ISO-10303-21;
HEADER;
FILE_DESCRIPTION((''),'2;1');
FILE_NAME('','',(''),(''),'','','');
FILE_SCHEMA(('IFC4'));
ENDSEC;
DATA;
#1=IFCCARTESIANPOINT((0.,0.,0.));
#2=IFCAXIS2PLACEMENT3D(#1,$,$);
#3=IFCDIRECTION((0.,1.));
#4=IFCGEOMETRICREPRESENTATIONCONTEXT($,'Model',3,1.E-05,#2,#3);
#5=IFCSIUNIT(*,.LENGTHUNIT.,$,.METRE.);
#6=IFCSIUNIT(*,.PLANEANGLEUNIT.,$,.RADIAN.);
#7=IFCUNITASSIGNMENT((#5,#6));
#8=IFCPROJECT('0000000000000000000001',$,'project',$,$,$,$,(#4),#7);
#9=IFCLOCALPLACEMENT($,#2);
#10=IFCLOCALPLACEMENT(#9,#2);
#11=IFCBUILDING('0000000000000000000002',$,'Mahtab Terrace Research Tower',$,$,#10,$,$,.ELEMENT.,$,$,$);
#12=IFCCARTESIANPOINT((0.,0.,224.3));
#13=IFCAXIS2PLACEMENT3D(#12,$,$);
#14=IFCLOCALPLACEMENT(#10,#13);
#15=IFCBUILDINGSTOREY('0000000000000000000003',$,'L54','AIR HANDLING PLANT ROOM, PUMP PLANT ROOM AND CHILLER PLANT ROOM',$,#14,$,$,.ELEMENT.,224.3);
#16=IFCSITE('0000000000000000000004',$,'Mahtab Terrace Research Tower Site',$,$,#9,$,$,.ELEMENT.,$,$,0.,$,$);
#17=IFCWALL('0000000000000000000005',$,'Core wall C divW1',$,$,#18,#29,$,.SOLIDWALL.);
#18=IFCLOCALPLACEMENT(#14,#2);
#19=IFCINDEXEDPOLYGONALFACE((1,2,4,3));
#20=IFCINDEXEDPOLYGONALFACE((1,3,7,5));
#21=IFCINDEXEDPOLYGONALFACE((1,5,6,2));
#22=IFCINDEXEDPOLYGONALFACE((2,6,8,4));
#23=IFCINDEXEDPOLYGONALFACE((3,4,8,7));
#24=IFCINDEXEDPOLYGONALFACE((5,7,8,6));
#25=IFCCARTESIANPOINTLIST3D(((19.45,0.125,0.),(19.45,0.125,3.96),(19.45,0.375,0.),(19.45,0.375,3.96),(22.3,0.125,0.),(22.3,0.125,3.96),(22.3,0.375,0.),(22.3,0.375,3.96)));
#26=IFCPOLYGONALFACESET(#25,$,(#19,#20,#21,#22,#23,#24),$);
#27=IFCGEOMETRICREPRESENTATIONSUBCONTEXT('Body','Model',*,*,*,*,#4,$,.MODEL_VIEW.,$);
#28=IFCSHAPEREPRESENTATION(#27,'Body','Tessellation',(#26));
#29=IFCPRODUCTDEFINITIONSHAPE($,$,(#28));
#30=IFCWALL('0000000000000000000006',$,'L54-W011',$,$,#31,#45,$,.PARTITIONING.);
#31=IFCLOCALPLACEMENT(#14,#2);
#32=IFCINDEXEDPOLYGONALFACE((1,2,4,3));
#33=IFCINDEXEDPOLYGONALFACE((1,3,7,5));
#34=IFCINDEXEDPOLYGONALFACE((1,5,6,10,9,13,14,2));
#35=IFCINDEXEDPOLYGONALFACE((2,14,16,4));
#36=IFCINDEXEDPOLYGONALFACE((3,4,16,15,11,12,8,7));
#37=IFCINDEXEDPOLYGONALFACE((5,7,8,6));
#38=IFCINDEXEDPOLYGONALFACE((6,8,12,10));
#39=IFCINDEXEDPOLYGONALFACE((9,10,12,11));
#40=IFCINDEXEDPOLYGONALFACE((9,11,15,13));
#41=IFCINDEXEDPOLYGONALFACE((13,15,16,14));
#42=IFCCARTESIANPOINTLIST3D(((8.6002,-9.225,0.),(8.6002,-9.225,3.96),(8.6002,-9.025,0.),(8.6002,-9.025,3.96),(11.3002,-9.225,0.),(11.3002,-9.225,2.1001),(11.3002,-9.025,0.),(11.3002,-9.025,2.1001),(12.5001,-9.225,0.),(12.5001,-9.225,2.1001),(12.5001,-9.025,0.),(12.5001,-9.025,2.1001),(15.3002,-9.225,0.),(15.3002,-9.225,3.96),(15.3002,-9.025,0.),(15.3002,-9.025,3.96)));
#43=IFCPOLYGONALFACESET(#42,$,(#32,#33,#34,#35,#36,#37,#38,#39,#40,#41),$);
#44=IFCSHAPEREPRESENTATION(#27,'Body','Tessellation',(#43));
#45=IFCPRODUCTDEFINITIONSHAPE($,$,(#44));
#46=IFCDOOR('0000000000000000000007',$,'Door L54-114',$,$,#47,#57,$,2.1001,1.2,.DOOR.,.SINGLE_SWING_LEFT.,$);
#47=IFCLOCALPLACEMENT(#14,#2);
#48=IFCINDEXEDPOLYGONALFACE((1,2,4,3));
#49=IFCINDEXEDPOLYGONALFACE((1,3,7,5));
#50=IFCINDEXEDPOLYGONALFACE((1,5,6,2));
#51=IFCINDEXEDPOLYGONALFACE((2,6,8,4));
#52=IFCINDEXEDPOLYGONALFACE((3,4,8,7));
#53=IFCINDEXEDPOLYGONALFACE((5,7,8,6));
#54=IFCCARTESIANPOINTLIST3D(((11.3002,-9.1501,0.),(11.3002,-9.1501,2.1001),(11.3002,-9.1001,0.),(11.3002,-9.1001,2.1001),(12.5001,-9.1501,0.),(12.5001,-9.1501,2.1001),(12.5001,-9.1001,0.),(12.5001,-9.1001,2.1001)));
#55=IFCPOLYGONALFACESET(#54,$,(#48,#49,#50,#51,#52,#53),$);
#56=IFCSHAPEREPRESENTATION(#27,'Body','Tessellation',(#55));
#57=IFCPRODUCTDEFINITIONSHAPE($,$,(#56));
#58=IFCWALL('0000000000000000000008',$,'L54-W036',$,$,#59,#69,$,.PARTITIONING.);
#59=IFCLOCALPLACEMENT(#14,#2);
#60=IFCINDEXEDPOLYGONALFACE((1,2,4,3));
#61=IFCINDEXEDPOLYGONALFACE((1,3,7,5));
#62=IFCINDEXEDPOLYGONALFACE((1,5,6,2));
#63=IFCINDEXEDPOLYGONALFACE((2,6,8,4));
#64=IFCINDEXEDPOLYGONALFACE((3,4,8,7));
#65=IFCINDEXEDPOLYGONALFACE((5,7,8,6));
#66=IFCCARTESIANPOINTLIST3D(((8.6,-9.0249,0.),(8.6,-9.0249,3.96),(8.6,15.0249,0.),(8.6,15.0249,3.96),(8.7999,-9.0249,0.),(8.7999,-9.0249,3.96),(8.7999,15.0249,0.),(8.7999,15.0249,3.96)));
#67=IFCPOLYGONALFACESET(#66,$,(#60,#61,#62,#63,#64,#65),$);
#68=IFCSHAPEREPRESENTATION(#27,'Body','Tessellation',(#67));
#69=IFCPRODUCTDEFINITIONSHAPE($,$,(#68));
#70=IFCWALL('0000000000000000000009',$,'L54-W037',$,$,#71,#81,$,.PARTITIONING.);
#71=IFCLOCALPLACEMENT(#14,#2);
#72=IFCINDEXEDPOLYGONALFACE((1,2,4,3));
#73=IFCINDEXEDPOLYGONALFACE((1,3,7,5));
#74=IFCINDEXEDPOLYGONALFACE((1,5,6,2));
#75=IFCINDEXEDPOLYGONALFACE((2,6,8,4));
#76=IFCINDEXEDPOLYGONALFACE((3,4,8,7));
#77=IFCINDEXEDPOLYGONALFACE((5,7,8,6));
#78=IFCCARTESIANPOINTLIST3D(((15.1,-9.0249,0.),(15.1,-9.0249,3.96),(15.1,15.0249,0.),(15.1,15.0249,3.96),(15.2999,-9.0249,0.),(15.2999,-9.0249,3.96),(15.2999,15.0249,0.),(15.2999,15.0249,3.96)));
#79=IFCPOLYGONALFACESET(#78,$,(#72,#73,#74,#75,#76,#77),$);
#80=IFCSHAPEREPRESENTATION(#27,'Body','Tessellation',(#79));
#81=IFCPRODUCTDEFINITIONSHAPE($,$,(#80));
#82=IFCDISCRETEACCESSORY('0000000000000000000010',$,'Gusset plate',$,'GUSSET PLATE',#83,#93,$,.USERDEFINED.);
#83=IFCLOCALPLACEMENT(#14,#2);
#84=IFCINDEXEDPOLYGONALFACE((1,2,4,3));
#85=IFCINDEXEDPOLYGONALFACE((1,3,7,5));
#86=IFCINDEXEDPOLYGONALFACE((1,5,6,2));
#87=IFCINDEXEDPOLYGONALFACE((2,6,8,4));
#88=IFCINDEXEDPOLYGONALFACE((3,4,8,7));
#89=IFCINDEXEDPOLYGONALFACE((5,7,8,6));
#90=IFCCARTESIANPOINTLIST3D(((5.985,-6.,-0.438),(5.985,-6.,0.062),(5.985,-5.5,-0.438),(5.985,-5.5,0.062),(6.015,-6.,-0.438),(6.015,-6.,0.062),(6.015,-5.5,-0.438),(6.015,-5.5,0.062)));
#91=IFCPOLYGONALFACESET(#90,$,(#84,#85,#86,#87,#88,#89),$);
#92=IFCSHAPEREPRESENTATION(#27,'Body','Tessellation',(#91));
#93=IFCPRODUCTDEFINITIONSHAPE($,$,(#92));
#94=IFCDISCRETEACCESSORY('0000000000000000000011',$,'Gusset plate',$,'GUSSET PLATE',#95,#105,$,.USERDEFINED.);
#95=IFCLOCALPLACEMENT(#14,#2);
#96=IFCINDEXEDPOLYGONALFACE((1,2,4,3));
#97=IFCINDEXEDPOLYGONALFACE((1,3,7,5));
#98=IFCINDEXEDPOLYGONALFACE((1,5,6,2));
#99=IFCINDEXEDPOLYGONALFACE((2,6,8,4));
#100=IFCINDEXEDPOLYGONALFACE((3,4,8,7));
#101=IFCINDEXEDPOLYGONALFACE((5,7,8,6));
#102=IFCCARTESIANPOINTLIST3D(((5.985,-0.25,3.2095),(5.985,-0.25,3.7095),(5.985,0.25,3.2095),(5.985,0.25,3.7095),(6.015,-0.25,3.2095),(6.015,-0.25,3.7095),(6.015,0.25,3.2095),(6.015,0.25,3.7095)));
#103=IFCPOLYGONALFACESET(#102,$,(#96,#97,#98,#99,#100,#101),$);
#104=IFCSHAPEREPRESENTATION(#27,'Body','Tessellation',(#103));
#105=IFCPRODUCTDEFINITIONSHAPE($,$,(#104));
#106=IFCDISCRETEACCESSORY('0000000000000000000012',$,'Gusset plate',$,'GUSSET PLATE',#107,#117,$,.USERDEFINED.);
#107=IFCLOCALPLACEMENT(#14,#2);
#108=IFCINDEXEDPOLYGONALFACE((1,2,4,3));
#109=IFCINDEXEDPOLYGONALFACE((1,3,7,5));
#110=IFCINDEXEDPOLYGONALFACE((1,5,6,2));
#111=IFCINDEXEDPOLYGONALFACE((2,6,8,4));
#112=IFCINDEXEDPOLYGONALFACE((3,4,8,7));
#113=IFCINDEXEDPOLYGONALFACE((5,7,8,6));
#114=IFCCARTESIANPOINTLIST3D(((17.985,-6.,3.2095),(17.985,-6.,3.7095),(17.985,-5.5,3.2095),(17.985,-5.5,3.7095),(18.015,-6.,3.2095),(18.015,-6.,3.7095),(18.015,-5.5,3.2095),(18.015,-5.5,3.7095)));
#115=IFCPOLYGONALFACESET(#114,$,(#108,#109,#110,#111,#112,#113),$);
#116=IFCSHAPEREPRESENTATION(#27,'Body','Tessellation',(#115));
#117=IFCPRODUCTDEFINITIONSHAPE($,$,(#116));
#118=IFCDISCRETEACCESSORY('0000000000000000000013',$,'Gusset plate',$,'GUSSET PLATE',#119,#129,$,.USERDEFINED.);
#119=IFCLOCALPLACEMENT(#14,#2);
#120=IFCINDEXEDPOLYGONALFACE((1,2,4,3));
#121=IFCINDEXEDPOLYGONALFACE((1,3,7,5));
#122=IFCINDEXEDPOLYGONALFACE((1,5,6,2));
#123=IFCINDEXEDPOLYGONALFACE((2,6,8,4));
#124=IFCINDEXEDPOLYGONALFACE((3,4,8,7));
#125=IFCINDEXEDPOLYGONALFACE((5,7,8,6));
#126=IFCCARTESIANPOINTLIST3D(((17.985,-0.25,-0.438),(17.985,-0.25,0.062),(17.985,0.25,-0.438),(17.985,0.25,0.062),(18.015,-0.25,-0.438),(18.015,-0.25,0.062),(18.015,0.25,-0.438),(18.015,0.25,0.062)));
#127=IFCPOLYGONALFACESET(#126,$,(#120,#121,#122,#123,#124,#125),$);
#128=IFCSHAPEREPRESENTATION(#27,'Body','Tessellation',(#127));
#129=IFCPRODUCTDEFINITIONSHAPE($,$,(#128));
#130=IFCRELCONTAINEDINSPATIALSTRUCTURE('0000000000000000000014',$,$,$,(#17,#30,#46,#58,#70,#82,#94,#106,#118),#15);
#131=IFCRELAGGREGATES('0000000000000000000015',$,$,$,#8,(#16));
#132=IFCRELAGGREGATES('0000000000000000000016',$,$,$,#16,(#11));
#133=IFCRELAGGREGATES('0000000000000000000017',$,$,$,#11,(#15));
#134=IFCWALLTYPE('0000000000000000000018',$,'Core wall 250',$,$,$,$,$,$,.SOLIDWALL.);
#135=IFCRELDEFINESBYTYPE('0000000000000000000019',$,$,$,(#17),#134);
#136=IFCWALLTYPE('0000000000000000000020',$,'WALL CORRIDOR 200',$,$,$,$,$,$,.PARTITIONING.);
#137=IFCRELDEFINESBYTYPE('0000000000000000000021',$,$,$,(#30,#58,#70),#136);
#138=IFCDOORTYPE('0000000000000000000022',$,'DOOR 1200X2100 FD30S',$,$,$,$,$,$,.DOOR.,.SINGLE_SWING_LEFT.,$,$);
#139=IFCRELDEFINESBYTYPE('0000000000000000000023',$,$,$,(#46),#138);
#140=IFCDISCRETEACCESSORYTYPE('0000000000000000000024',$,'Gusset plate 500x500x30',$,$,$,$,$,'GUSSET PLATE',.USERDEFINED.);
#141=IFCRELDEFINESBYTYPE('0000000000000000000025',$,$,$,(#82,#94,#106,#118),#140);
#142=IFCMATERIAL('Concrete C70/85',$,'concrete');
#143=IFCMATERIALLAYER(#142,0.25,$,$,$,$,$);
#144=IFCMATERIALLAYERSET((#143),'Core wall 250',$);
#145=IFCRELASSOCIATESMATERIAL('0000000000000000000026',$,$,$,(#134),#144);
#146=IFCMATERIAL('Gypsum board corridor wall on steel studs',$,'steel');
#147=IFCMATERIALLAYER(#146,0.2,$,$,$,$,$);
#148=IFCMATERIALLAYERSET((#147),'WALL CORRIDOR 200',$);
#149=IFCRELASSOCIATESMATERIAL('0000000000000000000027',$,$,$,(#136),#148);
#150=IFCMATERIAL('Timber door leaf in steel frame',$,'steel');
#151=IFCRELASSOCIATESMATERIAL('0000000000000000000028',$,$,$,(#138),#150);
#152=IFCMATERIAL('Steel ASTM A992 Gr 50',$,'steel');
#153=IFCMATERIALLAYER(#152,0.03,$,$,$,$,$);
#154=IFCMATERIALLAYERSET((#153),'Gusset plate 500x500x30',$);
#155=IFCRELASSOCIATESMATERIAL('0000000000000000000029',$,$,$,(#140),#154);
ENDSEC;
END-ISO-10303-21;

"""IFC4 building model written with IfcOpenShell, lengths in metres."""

from ifc_helpers import new_model, si_unit, direction, frame, frame_2d, origin, origin_2d, place, context, subcontext, project, spatial, rectangle, extrude, material, layer, layer_set, type_object, element, fill, save


model = new_model("IFC4")

# Units and contexts
model_context = context("Model", 3, precision=1e-05, world=origin(), true_north=direction((0.0, 1.0)))
body_context = subcontext(model_context, "Body", "Model", "MODEL_VIEW")
ifc_project = project(units=[si_unit("LENGTHUNIT", "METRE"), si_unit("PLANEANGLEUNIT", "RADIAN")], contexts=[model_context])

# Site, building, storey
site_placement = place(None, origin())
site = spatial("IfcSite", under=ifc_project, at=site_placement, Name="Mahtab Terrace Research Tower Site", CompositionType="ELEMENT", RefElevation=0.0)
building_placement = place(site_placement, origin())
building = spatial("IfcBuilding", under=site, at=building_placement, Name="Mahtab Terrace Research Tower", CompositionType="ELEMENT")
storey_placement = place(building_placement, frame((0.0, 0.0, 224.3)))
storey = spatial("IfcBuildingStorey", under=building, at=storey_placement, Name="L54", Description="AIR HANDLING PLANT ROOM, PUMP PLANT ROOM AND CHILLER PLANT ROOM", CompositionType="ELEMENT", Elevation=224.3)

# Shared definitions
ifc_material_1 = material(Name="Concrete C70/85", Category="concrete")

# Shared definitions
ifc_material_2 = material(Name="Steel ASTM A992 Gr 50", Category="steel")

# Shared definitions
ifc_layer_1 = layer(ifc_material_1, 0.25)
ifc_layer_set_1 = layer_set([ifc_layer_1], Name="Core wall 250")
wall_type_1 = type_object("IfcWallType", Name="Core wall 250", PredefinedType="SOLIDWALL", material=ifc_layer_set_1)

# Wall
for number, where, z_axis, x_axis, name in (
    (1, (19.45, 0.25, 0.0), (0.0, 0.0, 1.0), (1.0, 0.0, 0.0), "Core wall C divW1"),
):
    element("IfcWall", number, at=place(storey_placement, frame(where, z_axis=z_axis, x_axis=x_axis)), inside=storey, type_object=wall_type_1, Name=name, PredefinedType="SOLIDWALL", context=body_context, shape_type="SweptSolid", body=[
        extrude(rectangle(XDim=2.8501, YDim=0.25, at=frame_2d((1.425, 0.0))), origin(), (0.0, 0.0, 1.0), 3.96),
    ])

# Wall, opening, door
ifc_material_3 = material(Name="Gypsum board corridor wall on steel studs", Category="steel")
ifc_layer_2 = layer(ifc_material_3, 0.2)
ifc_layer_set_2 = layer_set([ifc_layer_2], Name="WALL CORRIDOR 200")
wall_type_2 = type_object("IfcWallType", Name="WALL CORRIDOR 200", PredefinedType="PARTITIONING", material=ifc_layer_set_2)
wall_1_placement = place(storey_placement, frame((8.6001, -9.125, 0.0), z_axis=(0.0, 0.0, 1.0), x_axis=(1.0, 0.0, 0.0)))
wall_1 = element("IfcWall", 2, at=wall_1_placement, inside=storey, type_object=wall_type_2, Name="L54-W011", PredefinedType="PARTITIONING", context=body_context, shape_type="SweptSolid", body=[
    extrude(rectangle(XDim=6.7, YDim=0.2, at=frame_2d((3.3501, 0.0))), origin(), (0.0, 0.0, 1.0), 3.96),
])
opening_1_placement = place(wall_1_placement, frame((2.7, 0.0, 0.0)))
opening_1 = element("IfcOpeningElement", 3, at=opening_1_placement, cuts=wall_1, PredefinedType="OPENING", context=body_context, shape_type="SweptSolid", body=[
    extrude(rectangle(XDim=1.2, YDim=2.1001, at=frame_2d((0.6001, 1.05))), frame((0.0, 0.1099, 0.0), z_axis=(0.0, -1.0, 0.0), x_axis=(1.0, 0.0, 0.0)), (0.0, 0.0, 1.0), 0.22),
])
ifc_material_4 = material(Name="Timber door leaf in steel frame", Category="steel")
door_type_1 = type_object("IfcDoorType", Name="DOOR 1200X2100 FD30S", OperationType="SINGLE_SWING_LEFT", PredefinedType="DOOR", material=ifc_material_4)
door_1_placement = place(opening_1_placement, origin())
door_1 = element("IfcDoor", 4, at=door_1_placement, inside=storey, type_object=door_type_1, Name="Door L54-114", OperationType="SINGLE_SWING_LEFT", OverallHeight=2.1001, OverallWidth=1.2, PredefinedType="DOOR", context=body_context, shape_type="SweptSolid", body=[
    extrude(rectangle(XDim=1.2, YDim=2.1001, at=frame_2d((0.6001, 1.05))), frame((0.0, 0.0249, 0.0), z_axis=(0.0, -1.0, 0.0), x_axis=(1.0, 0.0, 0.0)), (0.0, 0.0, 1.0), 0.05),
])
fill(opening_1, door_1)

# Walls
for number, where, z_axis, x_axis, name in (
    (5, (8.7, -9.0249, 0.0), (0.0, 0.0, 1.0), (0.0, 1.0, 0.0), "L54-W036"),
    (6, (15.2, -9.0249, 0.0), (0.0, 0.0, 1.0), (0.0, 1.0, 0.0), "L54-W037"),
):
    element("IfcWall", number, at=place(storey_placement, frame(where, z_axis=z_axis, x_axis=x_axis)), inside=storey, type_object=wall_type_2, Name=name, PredefinedType="PARTITIONING", context=body_context, shape_type="SweptSolid", body=[
        extrude(rectangle(XDim=24.0498, YDim=0.2, at=frame_2d((12.0249, 0.0))), origin(), (0.0, 0.0, 1.0), 3.96),
    ])

# Discrete accessories
ifc_layer_3 = layer(ifc_material_2, 0.03)
ifc_layer_set_3 = layer_set([ifc_layer_3], Name="Gusset plate 500x500x30")
discrete_accessory_type = type_object("IfcDiscreteAccessoryType", Name="Gusset plate 500x500x30", ElementType="GUSSET PLATE", PredefinedType="USERDEFINED", material=ifc_layer_set_3)
for number, where, z_axis, x_axis, name in (
    (7, (6.0, -5.75, -0.438), (0.0, 0.0, 1.0), (0.0, 1.0, 0.0), "Gusset plate"),
    (8, (6.0, 0.0, 3.2095), (0.0, 0.0, 1.0), (0.0, 1.0, 0.0), "Gusset plate"),
    (9, (18.0, -5.75, 3.2095), (0.0, 0.0, 1.0), (0.0, 1.0, 0.0), "Gusset plate"),
    (10, (18.0, 0.0, -0.438), (0.0, 0.0, 1.0), (0.0, 1.0, 0.0), "Gusset plate"),
):
    element("IfcDiscreteAccessory", number, at=place(storey_placement, frame(where, z_axis=z_axis, x_axis=x_axis)), inside=storey, type_object=discrete_accessory_type, Name=name, ObjectType="GUSSET PLATE", PredefinedType="USERDEFINED", context=body_context, shape_type="SweptSolid", body=[
        extrude(rectangle(XDim=0.5, YDim=0.03, at=origin_2d()), origin(), (0.0, 0.0, 1.0), 0.5),
    ])

save(model, "model.ifc")
